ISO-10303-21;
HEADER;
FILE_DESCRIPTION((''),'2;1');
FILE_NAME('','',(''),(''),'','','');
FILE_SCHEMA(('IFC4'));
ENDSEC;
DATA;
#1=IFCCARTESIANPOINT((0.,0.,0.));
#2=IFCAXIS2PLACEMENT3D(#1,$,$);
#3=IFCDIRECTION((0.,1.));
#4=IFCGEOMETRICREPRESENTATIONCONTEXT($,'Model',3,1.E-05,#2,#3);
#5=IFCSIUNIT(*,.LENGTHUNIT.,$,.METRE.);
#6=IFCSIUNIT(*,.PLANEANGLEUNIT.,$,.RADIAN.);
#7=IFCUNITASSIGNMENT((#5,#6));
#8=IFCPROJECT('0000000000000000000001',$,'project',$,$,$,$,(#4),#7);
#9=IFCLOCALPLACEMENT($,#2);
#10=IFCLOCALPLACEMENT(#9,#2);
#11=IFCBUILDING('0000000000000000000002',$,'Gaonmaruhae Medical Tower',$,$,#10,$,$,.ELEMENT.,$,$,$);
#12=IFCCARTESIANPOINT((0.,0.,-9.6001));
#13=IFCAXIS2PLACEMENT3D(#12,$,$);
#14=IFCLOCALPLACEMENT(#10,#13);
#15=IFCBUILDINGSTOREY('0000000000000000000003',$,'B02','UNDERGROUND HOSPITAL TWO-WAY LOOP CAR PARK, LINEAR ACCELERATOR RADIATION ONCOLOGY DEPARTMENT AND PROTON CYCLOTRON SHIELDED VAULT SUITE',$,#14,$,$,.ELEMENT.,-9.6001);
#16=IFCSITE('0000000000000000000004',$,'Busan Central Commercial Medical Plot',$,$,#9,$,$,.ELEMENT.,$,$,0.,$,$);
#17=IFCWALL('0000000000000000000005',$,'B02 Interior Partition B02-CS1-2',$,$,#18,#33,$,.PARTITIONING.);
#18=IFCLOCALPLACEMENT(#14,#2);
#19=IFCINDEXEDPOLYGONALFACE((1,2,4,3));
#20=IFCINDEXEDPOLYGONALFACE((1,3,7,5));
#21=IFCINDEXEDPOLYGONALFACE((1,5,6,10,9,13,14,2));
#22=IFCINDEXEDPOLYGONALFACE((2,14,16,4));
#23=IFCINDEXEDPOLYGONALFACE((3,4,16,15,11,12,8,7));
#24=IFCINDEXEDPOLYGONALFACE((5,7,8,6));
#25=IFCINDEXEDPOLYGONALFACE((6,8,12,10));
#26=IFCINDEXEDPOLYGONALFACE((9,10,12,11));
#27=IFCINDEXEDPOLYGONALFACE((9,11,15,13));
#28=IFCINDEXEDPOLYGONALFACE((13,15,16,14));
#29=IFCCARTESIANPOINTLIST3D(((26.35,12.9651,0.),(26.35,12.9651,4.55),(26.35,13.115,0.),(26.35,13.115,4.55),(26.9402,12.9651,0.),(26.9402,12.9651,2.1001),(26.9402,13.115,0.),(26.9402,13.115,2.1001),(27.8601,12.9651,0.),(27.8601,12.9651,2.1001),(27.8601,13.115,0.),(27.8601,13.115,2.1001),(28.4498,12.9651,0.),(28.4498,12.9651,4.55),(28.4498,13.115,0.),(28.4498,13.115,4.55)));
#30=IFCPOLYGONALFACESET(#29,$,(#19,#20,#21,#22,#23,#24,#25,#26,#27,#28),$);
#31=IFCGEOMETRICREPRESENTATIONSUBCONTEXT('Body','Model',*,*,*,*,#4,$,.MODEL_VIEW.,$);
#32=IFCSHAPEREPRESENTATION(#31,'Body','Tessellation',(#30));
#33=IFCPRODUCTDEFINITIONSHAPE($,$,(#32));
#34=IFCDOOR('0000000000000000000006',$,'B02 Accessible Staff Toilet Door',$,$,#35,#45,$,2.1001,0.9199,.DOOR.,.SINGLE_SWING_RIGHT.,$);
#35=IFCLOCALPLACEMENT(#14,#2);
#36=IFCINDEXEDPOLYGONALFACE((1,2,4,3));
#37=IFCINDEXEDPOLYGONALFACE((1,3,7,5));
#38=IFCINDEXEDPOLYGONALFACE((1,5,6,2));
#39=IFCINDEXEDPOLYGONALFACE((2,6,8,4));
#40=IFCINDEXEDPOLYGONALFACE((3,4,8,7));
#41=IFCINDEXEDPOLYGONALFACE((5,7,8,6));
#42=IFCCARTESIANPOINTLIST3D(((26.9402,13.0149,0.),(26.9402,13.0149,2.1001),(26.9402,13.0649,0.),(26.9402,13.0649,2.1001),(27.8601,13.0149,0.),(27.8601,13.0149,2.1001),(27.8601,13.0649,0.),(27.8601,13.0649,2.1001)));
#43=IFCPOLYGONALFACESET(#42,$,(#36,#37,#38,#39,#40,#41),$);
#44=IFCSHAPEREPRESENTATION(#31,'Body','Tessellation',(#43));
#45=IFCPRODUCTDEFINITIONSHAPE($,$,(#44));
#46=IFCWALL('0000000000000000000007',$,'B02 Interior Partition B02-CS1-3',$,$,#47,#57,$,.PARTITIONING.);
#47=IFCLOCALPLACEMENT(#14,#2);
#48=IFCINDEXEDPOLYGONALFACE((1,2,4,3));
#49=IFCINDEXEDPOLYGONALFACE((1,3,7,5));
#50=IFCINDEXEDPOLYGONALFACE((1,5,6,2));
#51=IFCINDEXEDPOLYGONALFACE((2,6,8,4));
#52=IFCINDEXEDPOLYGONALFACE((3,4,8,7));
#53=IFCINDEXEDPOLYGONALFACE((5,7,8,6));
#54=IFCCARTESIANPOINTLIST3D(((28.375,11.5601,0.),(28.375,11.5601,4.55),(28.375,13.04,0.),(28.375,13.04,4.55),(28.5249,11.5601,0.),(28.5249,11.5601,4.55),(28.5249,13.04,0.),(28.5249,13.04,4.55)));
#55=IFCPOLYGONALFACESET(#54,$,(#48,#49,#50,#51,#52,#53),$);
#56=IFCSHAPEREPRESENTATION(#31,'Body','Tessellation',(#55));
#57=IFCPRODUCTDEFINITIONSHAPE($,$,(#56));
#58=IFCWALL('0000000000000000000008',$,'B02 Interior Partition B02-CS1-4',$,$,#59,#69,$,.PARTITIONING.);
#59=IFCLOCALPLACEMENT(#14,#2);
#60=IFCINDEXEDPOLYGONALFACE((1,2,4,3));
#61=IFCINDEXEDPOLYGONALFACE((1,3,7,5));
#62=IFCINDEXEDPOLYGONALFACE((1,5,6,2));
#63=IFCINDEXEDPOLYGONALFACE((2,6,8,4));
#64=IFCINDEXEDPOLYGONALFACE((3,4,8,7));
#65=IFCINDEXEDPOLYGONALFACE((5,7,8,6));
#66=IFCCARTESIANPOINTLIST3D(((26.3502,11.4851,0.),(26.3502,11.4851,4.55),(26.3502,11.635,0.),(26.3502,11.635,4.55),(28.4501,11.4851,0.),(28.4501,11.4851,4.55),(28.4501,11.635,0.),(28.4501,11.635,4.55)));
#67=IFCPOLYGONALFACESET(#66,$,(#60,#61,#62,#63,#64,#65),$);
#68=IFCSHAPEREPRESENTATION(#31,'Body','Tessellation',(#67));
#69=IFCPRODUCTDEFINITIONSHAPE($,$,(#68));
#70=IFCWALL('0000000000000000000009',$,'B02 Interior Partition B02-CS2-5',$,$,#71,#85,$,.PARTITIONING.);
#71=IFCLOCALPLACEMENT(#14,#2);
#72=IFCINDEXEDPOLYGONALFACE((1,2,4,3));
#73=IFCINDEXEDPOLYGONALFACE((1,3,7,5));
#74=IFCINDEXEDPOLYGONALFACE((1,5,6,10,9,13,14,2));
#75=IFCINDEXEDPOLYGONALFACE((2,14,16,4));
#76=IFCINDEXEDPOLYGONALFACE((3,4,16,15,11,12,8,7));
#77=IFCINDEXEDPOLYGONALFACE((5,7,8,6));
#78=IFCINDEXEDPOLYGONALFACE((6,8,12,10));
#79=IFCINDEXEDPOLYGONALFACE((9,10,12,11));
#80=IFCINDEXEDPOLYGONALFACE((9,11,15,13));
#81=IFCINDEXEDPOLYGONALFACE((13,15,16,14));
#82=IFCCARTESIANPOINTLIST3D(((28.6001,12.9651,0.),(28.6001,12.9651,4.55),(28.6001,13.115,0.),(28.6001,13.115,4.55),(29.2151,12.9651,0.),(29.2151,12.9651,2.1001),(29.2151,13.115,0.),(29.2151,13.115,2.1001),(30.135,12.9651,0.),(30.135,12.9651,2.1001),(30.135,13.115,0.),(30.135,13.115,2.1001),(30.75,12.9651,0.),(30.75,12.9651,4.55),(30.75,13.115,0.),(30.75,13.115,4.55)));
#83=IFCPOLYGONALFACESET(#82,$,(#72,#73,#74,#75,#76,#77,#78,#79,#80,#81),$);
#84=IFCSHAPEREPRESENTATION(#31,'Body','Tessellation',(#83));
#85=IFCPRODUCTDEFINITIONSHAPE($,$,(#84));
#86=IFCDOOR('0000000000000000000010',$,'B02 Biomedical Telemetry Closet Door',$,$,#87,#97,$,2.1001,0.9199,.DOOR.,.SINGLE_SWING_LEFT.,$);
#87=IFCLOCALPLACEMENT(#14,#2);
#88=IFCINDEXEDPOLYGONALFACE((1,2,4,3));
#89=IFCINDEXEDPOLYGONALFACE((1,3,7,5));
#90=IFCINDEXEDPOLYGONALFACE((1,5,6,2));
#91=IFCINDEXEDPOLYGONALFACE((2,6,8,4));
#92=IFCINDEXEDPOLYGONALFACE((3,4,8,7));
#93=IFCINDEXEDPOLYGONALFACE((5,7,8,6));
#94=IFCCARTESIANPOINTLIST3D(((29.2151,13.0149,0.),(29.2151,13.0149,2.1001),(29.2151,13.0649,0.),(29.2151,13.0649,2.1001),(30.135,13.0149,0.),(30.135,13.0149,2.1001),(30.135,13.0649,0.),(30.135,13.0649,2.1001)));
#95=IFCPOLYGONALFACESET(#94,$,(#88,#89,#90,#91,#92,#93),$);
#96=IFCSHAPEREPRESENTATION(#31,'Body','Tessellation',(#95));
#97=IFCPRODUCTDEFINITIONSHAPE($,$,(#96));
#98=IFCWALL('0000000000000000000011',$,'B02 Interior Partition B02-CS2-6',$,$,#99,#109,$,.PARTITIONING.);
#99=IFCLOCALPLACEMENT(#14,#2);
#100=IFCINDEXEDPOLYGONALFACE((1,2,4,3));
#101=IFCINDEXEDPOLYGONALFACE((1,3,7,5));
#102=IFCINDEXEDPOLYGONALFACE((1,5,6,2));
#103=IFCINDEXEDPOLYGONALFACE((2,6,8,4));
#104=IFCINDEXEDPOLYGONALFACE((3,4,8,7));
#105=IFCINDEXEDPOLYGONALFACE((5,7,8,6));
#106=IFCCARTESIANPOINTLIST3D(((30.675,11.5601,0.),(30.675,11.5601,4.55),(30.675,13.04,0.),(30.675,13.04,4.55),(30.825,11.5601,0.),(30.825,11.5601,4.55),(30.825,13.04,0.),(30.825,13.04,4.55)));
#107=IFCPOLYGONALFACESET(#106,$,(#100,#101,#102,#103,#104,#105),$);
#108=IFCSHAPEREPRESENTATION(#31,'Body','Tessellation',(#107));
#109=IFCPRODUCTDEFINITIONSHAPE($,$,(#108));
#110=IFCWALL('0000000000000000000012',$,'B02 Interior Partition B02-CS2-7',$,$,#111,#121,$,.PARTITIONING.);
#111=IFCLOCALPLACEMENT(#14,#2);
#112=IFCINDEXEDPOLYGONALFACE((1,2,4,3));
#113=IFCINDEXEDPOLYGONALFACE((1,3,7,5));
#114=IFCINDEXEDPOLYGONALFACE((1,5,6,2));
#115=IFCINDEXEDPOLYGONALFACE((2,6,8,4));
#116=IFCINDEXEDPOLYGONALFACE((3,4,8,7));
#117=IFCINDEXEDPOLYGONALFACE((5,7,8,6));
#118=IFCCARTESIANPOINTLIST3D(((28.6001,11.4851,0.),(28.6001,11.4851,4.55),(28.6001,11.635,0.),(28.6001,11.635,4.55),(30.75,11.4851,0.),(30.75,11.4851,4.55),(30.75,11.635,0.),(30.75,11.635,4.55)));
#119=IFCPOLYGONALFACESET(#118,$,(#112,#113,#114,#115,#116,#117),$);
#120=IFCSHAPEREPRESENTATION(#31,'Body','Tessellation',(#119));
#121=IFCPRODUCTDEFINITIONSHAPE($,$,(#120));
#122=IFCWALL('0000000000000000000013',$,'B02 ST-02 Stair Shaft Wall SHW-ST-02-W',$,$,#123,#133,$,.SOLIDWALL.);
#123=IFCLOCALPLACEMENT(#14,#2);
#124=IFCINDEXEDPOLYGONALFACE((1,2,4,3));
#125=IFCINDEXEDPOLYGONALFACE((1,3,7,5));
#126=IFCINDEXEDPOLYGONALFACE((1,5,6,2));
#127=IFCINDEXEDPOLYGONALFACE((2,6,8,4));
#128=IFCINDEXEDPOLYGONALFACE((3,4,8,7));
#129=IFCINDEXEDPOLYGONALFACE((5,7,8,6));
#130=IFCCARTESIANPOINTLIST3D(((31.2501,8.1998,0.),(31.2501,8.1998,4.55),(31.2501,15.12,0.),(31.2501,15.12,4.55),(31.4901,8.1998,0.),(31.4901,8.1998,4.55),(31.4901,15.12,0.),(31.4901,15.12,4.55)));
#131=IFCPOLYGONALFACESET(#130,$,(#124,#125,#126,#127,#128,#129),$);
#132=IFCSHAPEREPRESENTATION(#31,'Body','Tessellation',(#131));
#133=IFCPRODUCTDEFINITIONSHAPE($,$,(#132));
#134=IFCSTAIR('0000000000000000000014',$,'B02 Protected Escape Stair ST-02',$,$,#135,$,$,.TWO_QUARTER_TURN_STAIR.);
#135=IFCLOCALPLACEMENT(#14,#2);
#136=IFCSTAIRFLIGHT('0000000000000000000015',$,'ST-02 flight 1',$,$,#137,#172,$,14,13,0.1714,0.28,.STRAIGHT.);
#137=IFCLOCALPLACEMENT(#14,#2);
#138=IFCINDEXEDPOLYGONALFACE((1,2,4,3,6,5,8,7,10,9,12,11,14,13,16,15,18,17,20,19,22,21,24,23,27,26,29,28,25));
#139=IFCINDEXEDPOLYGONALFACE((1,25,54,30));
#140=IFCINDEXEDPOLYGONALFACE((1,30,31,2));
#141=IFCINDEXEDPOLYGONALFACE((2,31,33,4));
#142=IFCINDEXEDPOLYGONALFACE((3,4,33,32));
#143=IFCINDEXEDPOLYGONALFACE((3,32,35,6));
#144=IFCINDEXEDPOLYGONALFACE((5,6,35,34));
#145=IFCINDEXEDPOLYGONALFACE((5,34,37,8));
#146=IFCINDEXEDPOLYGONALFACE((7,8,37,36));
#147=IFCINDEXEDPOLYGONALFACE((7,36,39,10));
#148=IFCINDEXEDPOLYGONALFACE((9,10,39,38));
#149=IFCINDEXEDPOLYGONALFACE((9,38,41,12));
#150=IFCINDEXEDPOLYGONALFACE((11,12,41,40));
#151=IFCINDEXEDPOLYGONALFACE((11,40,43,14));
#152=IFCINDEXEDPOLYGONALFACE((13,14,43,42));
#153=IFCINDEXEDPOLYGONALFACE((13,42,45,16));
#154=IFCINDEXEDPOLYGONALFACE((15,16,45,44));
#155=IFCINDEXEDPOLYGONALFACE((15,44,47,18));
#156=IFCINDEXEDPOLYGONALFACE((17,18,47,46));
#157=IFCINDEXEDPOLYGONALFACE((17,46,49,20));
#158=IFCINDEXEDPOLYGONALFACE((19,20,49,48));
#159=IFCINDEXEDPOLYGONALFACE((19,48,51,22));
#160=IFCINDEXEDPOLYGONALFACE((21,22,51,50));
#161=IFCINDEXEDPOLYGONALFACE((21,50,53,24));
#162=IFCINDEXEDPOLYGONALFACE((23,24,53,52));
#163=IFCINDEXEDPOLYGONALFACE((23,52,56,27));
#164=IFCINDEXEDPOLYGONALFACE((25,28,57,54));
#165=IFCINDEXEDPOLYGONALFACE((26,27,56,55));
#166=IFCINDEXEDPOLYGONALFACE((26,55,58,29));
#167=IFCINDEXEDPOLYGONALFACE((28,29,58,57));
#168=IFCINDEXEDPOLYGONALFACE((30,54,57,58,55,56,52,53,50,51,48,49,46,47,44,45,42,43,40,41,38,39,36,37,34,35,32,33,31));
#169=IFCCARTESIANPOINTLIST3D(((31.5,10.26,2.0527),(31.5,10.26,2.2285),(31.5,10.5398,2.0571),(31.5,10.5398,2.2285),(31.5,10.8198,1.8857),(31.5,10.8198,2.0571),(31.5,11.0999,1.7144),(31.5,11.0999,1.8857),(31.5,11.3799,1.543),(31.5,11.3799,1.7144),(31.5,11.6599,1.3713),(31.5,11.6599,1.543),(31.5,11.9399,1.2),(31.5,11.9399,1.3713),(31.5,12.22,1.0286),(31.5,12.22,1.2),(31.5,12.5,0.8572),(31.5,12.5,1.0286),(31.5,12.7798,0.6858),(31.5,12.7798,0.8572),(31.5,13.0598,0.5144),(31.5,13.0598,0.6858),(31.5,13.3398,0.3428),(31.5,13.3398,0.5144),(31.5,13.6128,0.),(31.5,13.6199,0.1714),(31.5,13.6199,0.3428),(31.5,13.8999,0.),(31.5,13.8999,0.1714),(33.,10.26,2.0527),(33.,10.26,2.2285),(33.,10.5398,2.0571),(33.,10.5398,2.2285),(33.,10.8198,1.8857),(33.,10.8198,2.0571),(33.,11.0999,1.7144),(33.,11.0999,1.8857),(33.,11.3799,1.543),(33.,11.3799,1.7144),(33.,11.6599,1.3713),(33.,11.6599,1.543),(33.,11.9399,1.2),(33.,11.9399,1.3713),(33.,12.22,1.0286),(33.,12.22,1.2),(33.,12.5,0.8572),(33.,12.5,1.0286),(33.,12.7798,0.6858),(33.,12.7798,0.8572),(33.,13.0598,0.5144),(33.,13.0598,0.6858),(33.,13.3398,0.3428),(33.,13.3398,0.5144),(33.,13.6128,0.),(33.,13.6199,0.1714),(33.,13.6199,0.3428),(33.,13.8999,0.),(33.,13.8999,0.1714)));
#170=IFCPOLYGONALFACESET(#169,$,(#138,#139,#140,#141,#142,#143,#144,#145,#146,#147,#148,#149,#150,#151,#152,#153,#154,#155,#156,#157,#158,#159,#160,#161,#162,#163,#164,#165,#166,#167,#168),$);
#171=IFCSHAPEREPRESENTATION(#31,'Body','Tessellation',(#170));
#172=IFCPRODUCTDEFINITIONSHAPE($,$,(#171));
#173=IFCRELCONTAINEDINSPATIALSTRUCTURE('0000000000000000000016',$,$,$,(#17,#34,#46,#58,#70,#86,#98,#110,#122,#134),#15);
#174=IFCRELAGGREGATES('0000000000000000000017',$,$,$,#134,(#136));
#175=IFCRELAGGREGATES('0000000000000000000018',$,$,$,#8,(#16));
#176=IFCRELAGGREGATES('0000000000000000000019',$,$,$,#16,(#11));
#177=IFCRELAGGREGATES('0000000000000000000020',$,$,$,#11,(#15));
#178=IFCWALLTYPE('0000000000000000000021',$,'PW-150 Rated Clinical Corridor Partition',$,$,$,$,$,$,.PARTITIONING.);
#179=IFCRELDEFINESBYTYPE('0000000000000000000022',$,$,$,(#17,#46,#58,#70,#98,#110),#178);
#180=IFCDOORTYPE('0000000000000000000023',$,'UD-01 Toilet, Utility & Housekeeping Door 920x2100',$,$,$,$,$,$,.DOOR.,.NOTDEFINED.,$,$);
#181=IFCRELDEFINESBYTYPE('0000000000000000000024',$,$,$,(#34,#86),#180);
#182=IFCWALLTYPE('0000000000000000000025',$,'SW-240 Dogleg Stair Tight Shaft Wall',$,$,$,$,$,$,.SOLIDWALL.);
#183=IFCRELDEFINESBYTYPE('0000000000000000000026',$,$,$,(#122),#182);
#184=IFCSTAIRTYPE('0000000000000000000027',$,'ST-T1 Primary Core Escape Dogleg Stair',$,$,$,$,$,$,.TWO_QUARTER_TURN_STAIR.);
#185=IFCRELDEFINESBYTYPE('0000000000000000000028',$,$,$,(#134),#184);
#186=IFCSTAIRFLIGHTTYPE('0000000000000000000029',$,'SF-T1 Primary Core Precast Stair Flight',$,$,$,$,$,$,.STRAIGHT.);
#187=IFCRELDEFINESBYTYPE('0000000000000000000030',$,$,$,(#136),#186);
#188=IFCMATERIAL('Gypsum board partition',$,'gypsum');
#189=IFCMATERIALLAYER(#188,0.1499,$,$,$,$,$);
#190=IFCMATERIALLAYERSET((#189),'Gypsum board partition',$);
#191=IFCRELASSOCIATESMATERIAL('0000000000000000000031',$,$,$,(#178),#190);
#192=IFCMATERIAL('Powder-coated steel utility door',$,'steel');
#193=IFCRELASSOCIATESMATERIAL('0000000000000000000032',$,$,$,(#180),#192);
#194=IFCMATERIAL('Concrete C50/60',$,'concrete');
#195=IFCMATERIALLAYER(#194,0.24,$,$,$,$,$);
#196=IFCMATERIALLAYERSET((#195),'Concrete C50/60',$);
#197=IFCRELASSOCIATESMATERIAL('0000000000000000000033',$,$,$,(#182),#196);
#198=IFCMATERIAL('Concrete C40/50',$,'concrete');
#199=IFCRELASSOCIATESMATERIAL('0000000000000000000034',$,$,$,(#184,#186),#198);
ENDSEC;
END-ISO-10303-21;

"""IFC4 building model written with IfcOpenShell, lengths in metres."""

from ifc_helpers import new_model, si_unit, direction, frame, frame_2d, origin, place, context, subcontext, project, spatial, polyline, rectangle, outline, extrude, material, layer, layer_set, type_object, element, fill, aggregate, save


model = new_model("IFC4")

# Units and contexts
model_context = context("Model", 3, precision=1e-05, world=origin(), true_north=direction((0.0, 1.0)))
body_context = subcontext(model_context, "Body", "Model", "MODEL_VIEW")
ifc_project = project(units=[si_unit("LENGTHUNIT", "METRE"), si_unit("PLANEANGLEUNIT", "RADIAN")], contexts=[model_context])

# Site, building, storey
site_placement = place(None, origin())
site = spatial("IfcSite", under=ifc_project, at=site_placement, Name="Busan Central Commercial Medical Plot", CompositionType="ELEMENT", RefElevation=0.0)
building_placement = place(site_placement, origin())
building = spatial("IfcBuilding", under=site, at=building_placement, Name="Gaonmaruhae Medical Tower", CompositionType="ELEMENT")
storey_placement = place(building_placement, frame((0.0, 0.0, -9.6001)))
storey = spatial("IfcBuildingStorey", under=building, at=storey_placement, Name="B02", Description="UNDERGROUND HOSPITAL TWO-WAY LOOP CAR PARK, LINEAR ACCELERATOR RADIATION ONCOLOGY DEPARTMENT AND PROTON CYCLOTRON SHIELDED VAULT SUITE", CompositionType="ELEMENT", Elevation=-9.6001)

# Shared definitions
ifc_material_1 = material(Name="Concrete C50/60", Category="concrete")

# Shared definitions
ifc_material_2 = material(Name="Gypsum board partition", Category="gypsum")
ifc_layer_1 = layer(ifc_material_2, 0.1499)
ifc_layer_set_1 = layer_set([ifc_layer_1], Name="Gypsum board partition")
wall_type_1 = type_object("IfcWallType", Name="PW-150 Rated Clinical Corridor Partition", PredefinedType="PARTITIONING", material=ifc_layer_set_1)

# Wall, opening, door
wall_1_placement = place(storey_placement, frame((26.3501, 13.04, 0.0), z_axis=(0.0, 0.0, 1.0), x_axis=(1.0, 0.0, 0.0)))
wall_1 = element("IfcWall", 1, at=wall_1_placement, inside=storey, type_object=wall_type_1, Name="B02 Interior Partition B02-CS1-2", PredefinedType="PARTITIONING", context=body_context, shape_type="SweptSolid", body=[
    extrude(rectangle(XDim=2.0999, YDim=0.1499, at=frame_2d((1.0498, 0.0))), origin(), (0.0, 0.0, 1.0), 4.55),
])
opening_1_placement = place(wall_1_placement, frame((0.5901, 0.0, 0.0)))
opening_1 = element("IfcOpeningElement", 2, at=opening_1_placement, cuts=wall_1, PredefinedType="OPENING", context=body_context, shape_type="SweptSolid", body=[
    extrude(rectangle(XDim=0.9199, YDim=2.1001, at=frame_2d((0.46, 1.05))), frame((0.0, 0.085, 0.0), z_axis=(0.0, -1.0, 0.0), x_axis=(1.0, 0.0, 0.0)), (0.0, 0.0, 1.0), 0.1699),
])
ifc_material_3 = material(Name="Powder-coated steel utility door", Category="steel")
door_type_1 = type_object("IfcDoorType", Name="UD-01 Toilet, Utility & Housekeeping Door 920x2100", OperationType="NOTDEFINED", PredefinedType="DOOR", material=ifc_material_3)
door_1_placement = place(opening_1_placement, origin())
door_1 = element("IfcDoor", 3, at=door_1_placement, inside=storey, type_object=door_type_1, Name="B02 Accessible Staff Toilet Door", OperationType="SINGLE_SWING_RIGHT", OverallHeight=2.1001, OverallWidth=0.9199, PredefinedType="DOOR", context=body_context, shape_type="SweptSolid", body=[
    extrude(rectangle(XDim=0.9199, YDim=2.1001, at=frame_2d((0.46, 1.05))), frame((0.0, 0.0249, 0.0), z_axis=(0.0, -1.0, 0.0), x_axis=(1.0, 0.0, 0.0)), (0.0, 0.0, 1.0), 0.05),
])
fill(opening_1, door_1)

# Walls
wall_2_placement = place(storey_placement, frame((28.45, 13.04, 0.0), z_axis=(0.0, 0.0, 1.0), x_axis=(0.0, -1.0, 0.0)))
element("IfcWall", 4, at=wall_2_placement, inside=storey, type_object=wall_type_1, Name="B02 Interior Partition B02-CS1-3", PredefinedType="PARTITIONING", context=body_context, shape_type="SweptSolid", body=[
    extrude(rectangle(XDim=1.48, YDim=0.1499, at=frame_2d((0.74, 0.0))), origin(), (0.0, 0.0, 1.0), 4.55),
])
wall_3_placement = place(storey_placement, frame((28.45, 11.5601, 0.0), z_axis=(0.0, 0.0, 1.0), x_axis=(-1.0, 0.0, 0.0)))
element("IfcWall", 5, at=wall_3_placement, inside=storey, type_object=wall_type_1, Name="B02 Interior Partition B02-CS1-4", PredefinedType="PARTITIONING", context=body_context, shape_type="SweptSolid", body=[
    extrude(rectangle(XDim=2.0999, YDim=0.1499, at=frame_2d((1.0498, 0.0))), origin(), (0.0, 0.0, 1.0), 4.55),
])

# Wall, opening, door
wall_4_placement = place(storey_placement, frame((28.6001, 13.04, 0.0), z_axis=(0.0, 0.0, 1.0), x_axis=(1.0, 0.0, 0.0)))
wall_4 = element("IfcWall", 6, at=wall_4_placement, inside=storey, type_object=wall_type_1, Name="B02 Interior Partition B02-CS2-5", PredefinedType="PARTITIONING", context=body_context, shape_type="SweptSolid", body=[
    extrude(rectangle(XDim=2.1499, YDim=0.1499, at=frame_2d((1.075, 0.0))), origin(), (0.0, 0.0, 1.0), 4.55),
])
opening_2_placement = place(wall_4_placement, frame((0.615, 0.0, 0.0)))
opening_2 = element("IfcOpeningElement", 7, at=opening_2_placement, cuts=wall_4, PredefinedType="OPENING", context=body_context, shape_type="SweptSolid", body=[
    extrude(rectangle(XDim=0.9199, YDim=2.1001, at=frame_2d((0.46, 1.05))), frame((0.0, 0.085, 0.0), z_axis=(0.0, -1.0, 0.0), x_axis=(1.0, 0.0, 0.0)), (0.0, 0.0, 1.0), 0.1699),
])
door_2_placement = place(opening_2_placement, origin())
door_2 = element("IfcDoor", 8, at=door_2_placement, inside=storey, type_object=door_type_1, Name="B02 Biomedical Telemetry Closet Door", OperationType="SINGLE_SWING_LEFT", OverallHeight=2.1001, OverallWidth=0.9199, PredefinedType="DOOR", context=body_context, shape_type="SweptSolid", body=[
    extrude(rectangle(XDim=0.9199, YDim=2.1001, at=frame_2d((0.46, 1.05))), frame((0.0, 0.0249, 0.0), z_axis=(0.0, -1.0, 0.0), x_axis=(1.0, 0.0, 0.0)), (0.0, 0.0, 1.0), 0.05),
])
fill(opening_2, door_2)

# Walls
wall_5_placement = place(storey_placement, frame((30.75, 13.04, 0.0), z_axis=(0.0, 0.0, 1.0), x_axis=(0.0, -1.0, 0.0)))
element("IfcWall", 9, at=wall_5_placement, inside=storey, type_object=wall_type_1, Name="B02 Interior Partition B02-CS2-6", PredefinedType="PARTITIONING", context=body_context, shape_type="SweptSolid", body=[
    extrude(rectangle(XDim=1.48, YDim=0.1499, at=frame_2d((0.74, 0.0))), origin(), (0.0, 0.0, 1.0), 4.55),
])
wall_6_placement = place(storey_placement, frame((30.75, 11.5601, 0.0), z_axis=(0.0, 0.0, 1.0), x_axis=(-1.0, 0.0, 0.0)))
element("IfcWall", 10, at=wall_6_placement, inside=storey, type_object=wall_type_1, Name="B02 Interior Partition B02-CS2-7", PredefinedType="PARTITIONING", context=body_context, shape_type="SweptSolid", body=[
    extrude(rectangle(XDim=2.1499, YDim=0.1499, at=frame_2d((1.075, 0.0))), origin(), (0.0, 0.0, 1.0), 4.55),
])

# Shared definitions
ifc_layer_2 = layer(ifc_material_1, 0.24)
ifc_layer_set_2 = layer_set([ifc_layer_2], Name="Concrete C50/60")
wall_type_2 = type_object("IfcWallType", Name="SW-240 Dogleg Stair Tight Shaft Wall", PredefinedType="SOLIDWALL", material=ifc_layer_set_2)

# Wall
wall_7_placement = place(storey_placement, frame((31.3701, 8.2, 0.0), z_axis=(0.0, 0.0, 1.0), x_axis=(0.0, 1.0, 0.0)))
element("IfcWall", 11, at=wall_7_placement, inside=storey, type_object=wall_type_2, Name="B02 ST-02 Stair Shaft Wall SHW-ST-02-W", PredefinedType="SOLIDWALL", context=body_context, shape_type="SweptSolid", body=[
    extrude(rectangle(XDim=6.9202, YDim=0.24, at=frame_2d((3.46, 0.0))), origin(), (0.0, 0.0, 1.0), 4.55),
])

# Stair, stair flight
ifc_material_4 = material(Name="Concrete C40/50", Category="concrete")
stair_type = type_object("IfcStairType", Name="ST-T1 Primary Core Escape Dogleg Stair", PredefinedType="TWO_QUARTER_TURN_STAIR", material=ifc_material_4)
stair_placement = place(storey_placement, origin())
stair = element("IfcStair", 12, at=stair_placement, inside=storey, type_object=stair_type, Name="B02 Protected Escape Stair ST-02", PredefinedType="TWO_QUARTER_TURN_STAIR")
stair_flight_type = type_object("IfcStairFlightType", Name="SF-T1 Primary Core Precast Stair Flight", PredefinedType="STRAIGHT", material=ifc_material_4)
stair_flight_1_placement = place(storey_placement, frame((32.25, 13.8999, 0.0), z_axis=(0.0, 0.0, 1.0), x_axis=(0.0, -1.0, 0.0)))
stair_flight_1 = element("IfcStairFlight", 13, at=stair_flight_1_placement, type_object=stair_flight_type, Name="ST-02 flight 1", NumberOfRisers=14, NumberOfTreads=13, PredefinedType="STRAIGHT", RiserHeight=0.1714, TreadLength=0.28, context=body_context, shape_type="SweptSolid", body=[
    extrude(outline(polyline([(0.0, 0.0), (0.0, 0.1714), (0.28, 0.1714), (0.28, 0.3428), (0.5601, 0.3428), (0.5601, 0.5144), (0.8401, 0.5144), (0.8401, 0.6858), (1.1201, 0.6858), (1.1201, 0.8572), (1.3999, 0.8572), (1.3999, 1.0286), (1.6799, 1.0286), (1.6799, 1.2), (1.96, 1.2), (1.96, 1.3713), (2.24, 1.3713), (2.24, 1.543), (2.52, 1.543), (2.52, 1.7144), (2.8, 1.7144), (2.8, 1.8857), (3.0801, 1.8857), (3.0801, 2.0571), (3.3601, 2.0571), (3.3601, 2.2285), (3.6399, 2.2285), (3.6399, 2.3999), (3.6399, 2.0527), (0.2871, 0.0), (0.0, 0.0)])), frame((0.0, 0.75, 0.0), z_axis=(0.0, -1.0, 0.0), x_axis=(1.0, 0.0, 0.0)), (0.0, 0.0, 1.0), 1.5),
])
aggregate(stair, [stair_flight_1])

save(model, "model.ifc")
